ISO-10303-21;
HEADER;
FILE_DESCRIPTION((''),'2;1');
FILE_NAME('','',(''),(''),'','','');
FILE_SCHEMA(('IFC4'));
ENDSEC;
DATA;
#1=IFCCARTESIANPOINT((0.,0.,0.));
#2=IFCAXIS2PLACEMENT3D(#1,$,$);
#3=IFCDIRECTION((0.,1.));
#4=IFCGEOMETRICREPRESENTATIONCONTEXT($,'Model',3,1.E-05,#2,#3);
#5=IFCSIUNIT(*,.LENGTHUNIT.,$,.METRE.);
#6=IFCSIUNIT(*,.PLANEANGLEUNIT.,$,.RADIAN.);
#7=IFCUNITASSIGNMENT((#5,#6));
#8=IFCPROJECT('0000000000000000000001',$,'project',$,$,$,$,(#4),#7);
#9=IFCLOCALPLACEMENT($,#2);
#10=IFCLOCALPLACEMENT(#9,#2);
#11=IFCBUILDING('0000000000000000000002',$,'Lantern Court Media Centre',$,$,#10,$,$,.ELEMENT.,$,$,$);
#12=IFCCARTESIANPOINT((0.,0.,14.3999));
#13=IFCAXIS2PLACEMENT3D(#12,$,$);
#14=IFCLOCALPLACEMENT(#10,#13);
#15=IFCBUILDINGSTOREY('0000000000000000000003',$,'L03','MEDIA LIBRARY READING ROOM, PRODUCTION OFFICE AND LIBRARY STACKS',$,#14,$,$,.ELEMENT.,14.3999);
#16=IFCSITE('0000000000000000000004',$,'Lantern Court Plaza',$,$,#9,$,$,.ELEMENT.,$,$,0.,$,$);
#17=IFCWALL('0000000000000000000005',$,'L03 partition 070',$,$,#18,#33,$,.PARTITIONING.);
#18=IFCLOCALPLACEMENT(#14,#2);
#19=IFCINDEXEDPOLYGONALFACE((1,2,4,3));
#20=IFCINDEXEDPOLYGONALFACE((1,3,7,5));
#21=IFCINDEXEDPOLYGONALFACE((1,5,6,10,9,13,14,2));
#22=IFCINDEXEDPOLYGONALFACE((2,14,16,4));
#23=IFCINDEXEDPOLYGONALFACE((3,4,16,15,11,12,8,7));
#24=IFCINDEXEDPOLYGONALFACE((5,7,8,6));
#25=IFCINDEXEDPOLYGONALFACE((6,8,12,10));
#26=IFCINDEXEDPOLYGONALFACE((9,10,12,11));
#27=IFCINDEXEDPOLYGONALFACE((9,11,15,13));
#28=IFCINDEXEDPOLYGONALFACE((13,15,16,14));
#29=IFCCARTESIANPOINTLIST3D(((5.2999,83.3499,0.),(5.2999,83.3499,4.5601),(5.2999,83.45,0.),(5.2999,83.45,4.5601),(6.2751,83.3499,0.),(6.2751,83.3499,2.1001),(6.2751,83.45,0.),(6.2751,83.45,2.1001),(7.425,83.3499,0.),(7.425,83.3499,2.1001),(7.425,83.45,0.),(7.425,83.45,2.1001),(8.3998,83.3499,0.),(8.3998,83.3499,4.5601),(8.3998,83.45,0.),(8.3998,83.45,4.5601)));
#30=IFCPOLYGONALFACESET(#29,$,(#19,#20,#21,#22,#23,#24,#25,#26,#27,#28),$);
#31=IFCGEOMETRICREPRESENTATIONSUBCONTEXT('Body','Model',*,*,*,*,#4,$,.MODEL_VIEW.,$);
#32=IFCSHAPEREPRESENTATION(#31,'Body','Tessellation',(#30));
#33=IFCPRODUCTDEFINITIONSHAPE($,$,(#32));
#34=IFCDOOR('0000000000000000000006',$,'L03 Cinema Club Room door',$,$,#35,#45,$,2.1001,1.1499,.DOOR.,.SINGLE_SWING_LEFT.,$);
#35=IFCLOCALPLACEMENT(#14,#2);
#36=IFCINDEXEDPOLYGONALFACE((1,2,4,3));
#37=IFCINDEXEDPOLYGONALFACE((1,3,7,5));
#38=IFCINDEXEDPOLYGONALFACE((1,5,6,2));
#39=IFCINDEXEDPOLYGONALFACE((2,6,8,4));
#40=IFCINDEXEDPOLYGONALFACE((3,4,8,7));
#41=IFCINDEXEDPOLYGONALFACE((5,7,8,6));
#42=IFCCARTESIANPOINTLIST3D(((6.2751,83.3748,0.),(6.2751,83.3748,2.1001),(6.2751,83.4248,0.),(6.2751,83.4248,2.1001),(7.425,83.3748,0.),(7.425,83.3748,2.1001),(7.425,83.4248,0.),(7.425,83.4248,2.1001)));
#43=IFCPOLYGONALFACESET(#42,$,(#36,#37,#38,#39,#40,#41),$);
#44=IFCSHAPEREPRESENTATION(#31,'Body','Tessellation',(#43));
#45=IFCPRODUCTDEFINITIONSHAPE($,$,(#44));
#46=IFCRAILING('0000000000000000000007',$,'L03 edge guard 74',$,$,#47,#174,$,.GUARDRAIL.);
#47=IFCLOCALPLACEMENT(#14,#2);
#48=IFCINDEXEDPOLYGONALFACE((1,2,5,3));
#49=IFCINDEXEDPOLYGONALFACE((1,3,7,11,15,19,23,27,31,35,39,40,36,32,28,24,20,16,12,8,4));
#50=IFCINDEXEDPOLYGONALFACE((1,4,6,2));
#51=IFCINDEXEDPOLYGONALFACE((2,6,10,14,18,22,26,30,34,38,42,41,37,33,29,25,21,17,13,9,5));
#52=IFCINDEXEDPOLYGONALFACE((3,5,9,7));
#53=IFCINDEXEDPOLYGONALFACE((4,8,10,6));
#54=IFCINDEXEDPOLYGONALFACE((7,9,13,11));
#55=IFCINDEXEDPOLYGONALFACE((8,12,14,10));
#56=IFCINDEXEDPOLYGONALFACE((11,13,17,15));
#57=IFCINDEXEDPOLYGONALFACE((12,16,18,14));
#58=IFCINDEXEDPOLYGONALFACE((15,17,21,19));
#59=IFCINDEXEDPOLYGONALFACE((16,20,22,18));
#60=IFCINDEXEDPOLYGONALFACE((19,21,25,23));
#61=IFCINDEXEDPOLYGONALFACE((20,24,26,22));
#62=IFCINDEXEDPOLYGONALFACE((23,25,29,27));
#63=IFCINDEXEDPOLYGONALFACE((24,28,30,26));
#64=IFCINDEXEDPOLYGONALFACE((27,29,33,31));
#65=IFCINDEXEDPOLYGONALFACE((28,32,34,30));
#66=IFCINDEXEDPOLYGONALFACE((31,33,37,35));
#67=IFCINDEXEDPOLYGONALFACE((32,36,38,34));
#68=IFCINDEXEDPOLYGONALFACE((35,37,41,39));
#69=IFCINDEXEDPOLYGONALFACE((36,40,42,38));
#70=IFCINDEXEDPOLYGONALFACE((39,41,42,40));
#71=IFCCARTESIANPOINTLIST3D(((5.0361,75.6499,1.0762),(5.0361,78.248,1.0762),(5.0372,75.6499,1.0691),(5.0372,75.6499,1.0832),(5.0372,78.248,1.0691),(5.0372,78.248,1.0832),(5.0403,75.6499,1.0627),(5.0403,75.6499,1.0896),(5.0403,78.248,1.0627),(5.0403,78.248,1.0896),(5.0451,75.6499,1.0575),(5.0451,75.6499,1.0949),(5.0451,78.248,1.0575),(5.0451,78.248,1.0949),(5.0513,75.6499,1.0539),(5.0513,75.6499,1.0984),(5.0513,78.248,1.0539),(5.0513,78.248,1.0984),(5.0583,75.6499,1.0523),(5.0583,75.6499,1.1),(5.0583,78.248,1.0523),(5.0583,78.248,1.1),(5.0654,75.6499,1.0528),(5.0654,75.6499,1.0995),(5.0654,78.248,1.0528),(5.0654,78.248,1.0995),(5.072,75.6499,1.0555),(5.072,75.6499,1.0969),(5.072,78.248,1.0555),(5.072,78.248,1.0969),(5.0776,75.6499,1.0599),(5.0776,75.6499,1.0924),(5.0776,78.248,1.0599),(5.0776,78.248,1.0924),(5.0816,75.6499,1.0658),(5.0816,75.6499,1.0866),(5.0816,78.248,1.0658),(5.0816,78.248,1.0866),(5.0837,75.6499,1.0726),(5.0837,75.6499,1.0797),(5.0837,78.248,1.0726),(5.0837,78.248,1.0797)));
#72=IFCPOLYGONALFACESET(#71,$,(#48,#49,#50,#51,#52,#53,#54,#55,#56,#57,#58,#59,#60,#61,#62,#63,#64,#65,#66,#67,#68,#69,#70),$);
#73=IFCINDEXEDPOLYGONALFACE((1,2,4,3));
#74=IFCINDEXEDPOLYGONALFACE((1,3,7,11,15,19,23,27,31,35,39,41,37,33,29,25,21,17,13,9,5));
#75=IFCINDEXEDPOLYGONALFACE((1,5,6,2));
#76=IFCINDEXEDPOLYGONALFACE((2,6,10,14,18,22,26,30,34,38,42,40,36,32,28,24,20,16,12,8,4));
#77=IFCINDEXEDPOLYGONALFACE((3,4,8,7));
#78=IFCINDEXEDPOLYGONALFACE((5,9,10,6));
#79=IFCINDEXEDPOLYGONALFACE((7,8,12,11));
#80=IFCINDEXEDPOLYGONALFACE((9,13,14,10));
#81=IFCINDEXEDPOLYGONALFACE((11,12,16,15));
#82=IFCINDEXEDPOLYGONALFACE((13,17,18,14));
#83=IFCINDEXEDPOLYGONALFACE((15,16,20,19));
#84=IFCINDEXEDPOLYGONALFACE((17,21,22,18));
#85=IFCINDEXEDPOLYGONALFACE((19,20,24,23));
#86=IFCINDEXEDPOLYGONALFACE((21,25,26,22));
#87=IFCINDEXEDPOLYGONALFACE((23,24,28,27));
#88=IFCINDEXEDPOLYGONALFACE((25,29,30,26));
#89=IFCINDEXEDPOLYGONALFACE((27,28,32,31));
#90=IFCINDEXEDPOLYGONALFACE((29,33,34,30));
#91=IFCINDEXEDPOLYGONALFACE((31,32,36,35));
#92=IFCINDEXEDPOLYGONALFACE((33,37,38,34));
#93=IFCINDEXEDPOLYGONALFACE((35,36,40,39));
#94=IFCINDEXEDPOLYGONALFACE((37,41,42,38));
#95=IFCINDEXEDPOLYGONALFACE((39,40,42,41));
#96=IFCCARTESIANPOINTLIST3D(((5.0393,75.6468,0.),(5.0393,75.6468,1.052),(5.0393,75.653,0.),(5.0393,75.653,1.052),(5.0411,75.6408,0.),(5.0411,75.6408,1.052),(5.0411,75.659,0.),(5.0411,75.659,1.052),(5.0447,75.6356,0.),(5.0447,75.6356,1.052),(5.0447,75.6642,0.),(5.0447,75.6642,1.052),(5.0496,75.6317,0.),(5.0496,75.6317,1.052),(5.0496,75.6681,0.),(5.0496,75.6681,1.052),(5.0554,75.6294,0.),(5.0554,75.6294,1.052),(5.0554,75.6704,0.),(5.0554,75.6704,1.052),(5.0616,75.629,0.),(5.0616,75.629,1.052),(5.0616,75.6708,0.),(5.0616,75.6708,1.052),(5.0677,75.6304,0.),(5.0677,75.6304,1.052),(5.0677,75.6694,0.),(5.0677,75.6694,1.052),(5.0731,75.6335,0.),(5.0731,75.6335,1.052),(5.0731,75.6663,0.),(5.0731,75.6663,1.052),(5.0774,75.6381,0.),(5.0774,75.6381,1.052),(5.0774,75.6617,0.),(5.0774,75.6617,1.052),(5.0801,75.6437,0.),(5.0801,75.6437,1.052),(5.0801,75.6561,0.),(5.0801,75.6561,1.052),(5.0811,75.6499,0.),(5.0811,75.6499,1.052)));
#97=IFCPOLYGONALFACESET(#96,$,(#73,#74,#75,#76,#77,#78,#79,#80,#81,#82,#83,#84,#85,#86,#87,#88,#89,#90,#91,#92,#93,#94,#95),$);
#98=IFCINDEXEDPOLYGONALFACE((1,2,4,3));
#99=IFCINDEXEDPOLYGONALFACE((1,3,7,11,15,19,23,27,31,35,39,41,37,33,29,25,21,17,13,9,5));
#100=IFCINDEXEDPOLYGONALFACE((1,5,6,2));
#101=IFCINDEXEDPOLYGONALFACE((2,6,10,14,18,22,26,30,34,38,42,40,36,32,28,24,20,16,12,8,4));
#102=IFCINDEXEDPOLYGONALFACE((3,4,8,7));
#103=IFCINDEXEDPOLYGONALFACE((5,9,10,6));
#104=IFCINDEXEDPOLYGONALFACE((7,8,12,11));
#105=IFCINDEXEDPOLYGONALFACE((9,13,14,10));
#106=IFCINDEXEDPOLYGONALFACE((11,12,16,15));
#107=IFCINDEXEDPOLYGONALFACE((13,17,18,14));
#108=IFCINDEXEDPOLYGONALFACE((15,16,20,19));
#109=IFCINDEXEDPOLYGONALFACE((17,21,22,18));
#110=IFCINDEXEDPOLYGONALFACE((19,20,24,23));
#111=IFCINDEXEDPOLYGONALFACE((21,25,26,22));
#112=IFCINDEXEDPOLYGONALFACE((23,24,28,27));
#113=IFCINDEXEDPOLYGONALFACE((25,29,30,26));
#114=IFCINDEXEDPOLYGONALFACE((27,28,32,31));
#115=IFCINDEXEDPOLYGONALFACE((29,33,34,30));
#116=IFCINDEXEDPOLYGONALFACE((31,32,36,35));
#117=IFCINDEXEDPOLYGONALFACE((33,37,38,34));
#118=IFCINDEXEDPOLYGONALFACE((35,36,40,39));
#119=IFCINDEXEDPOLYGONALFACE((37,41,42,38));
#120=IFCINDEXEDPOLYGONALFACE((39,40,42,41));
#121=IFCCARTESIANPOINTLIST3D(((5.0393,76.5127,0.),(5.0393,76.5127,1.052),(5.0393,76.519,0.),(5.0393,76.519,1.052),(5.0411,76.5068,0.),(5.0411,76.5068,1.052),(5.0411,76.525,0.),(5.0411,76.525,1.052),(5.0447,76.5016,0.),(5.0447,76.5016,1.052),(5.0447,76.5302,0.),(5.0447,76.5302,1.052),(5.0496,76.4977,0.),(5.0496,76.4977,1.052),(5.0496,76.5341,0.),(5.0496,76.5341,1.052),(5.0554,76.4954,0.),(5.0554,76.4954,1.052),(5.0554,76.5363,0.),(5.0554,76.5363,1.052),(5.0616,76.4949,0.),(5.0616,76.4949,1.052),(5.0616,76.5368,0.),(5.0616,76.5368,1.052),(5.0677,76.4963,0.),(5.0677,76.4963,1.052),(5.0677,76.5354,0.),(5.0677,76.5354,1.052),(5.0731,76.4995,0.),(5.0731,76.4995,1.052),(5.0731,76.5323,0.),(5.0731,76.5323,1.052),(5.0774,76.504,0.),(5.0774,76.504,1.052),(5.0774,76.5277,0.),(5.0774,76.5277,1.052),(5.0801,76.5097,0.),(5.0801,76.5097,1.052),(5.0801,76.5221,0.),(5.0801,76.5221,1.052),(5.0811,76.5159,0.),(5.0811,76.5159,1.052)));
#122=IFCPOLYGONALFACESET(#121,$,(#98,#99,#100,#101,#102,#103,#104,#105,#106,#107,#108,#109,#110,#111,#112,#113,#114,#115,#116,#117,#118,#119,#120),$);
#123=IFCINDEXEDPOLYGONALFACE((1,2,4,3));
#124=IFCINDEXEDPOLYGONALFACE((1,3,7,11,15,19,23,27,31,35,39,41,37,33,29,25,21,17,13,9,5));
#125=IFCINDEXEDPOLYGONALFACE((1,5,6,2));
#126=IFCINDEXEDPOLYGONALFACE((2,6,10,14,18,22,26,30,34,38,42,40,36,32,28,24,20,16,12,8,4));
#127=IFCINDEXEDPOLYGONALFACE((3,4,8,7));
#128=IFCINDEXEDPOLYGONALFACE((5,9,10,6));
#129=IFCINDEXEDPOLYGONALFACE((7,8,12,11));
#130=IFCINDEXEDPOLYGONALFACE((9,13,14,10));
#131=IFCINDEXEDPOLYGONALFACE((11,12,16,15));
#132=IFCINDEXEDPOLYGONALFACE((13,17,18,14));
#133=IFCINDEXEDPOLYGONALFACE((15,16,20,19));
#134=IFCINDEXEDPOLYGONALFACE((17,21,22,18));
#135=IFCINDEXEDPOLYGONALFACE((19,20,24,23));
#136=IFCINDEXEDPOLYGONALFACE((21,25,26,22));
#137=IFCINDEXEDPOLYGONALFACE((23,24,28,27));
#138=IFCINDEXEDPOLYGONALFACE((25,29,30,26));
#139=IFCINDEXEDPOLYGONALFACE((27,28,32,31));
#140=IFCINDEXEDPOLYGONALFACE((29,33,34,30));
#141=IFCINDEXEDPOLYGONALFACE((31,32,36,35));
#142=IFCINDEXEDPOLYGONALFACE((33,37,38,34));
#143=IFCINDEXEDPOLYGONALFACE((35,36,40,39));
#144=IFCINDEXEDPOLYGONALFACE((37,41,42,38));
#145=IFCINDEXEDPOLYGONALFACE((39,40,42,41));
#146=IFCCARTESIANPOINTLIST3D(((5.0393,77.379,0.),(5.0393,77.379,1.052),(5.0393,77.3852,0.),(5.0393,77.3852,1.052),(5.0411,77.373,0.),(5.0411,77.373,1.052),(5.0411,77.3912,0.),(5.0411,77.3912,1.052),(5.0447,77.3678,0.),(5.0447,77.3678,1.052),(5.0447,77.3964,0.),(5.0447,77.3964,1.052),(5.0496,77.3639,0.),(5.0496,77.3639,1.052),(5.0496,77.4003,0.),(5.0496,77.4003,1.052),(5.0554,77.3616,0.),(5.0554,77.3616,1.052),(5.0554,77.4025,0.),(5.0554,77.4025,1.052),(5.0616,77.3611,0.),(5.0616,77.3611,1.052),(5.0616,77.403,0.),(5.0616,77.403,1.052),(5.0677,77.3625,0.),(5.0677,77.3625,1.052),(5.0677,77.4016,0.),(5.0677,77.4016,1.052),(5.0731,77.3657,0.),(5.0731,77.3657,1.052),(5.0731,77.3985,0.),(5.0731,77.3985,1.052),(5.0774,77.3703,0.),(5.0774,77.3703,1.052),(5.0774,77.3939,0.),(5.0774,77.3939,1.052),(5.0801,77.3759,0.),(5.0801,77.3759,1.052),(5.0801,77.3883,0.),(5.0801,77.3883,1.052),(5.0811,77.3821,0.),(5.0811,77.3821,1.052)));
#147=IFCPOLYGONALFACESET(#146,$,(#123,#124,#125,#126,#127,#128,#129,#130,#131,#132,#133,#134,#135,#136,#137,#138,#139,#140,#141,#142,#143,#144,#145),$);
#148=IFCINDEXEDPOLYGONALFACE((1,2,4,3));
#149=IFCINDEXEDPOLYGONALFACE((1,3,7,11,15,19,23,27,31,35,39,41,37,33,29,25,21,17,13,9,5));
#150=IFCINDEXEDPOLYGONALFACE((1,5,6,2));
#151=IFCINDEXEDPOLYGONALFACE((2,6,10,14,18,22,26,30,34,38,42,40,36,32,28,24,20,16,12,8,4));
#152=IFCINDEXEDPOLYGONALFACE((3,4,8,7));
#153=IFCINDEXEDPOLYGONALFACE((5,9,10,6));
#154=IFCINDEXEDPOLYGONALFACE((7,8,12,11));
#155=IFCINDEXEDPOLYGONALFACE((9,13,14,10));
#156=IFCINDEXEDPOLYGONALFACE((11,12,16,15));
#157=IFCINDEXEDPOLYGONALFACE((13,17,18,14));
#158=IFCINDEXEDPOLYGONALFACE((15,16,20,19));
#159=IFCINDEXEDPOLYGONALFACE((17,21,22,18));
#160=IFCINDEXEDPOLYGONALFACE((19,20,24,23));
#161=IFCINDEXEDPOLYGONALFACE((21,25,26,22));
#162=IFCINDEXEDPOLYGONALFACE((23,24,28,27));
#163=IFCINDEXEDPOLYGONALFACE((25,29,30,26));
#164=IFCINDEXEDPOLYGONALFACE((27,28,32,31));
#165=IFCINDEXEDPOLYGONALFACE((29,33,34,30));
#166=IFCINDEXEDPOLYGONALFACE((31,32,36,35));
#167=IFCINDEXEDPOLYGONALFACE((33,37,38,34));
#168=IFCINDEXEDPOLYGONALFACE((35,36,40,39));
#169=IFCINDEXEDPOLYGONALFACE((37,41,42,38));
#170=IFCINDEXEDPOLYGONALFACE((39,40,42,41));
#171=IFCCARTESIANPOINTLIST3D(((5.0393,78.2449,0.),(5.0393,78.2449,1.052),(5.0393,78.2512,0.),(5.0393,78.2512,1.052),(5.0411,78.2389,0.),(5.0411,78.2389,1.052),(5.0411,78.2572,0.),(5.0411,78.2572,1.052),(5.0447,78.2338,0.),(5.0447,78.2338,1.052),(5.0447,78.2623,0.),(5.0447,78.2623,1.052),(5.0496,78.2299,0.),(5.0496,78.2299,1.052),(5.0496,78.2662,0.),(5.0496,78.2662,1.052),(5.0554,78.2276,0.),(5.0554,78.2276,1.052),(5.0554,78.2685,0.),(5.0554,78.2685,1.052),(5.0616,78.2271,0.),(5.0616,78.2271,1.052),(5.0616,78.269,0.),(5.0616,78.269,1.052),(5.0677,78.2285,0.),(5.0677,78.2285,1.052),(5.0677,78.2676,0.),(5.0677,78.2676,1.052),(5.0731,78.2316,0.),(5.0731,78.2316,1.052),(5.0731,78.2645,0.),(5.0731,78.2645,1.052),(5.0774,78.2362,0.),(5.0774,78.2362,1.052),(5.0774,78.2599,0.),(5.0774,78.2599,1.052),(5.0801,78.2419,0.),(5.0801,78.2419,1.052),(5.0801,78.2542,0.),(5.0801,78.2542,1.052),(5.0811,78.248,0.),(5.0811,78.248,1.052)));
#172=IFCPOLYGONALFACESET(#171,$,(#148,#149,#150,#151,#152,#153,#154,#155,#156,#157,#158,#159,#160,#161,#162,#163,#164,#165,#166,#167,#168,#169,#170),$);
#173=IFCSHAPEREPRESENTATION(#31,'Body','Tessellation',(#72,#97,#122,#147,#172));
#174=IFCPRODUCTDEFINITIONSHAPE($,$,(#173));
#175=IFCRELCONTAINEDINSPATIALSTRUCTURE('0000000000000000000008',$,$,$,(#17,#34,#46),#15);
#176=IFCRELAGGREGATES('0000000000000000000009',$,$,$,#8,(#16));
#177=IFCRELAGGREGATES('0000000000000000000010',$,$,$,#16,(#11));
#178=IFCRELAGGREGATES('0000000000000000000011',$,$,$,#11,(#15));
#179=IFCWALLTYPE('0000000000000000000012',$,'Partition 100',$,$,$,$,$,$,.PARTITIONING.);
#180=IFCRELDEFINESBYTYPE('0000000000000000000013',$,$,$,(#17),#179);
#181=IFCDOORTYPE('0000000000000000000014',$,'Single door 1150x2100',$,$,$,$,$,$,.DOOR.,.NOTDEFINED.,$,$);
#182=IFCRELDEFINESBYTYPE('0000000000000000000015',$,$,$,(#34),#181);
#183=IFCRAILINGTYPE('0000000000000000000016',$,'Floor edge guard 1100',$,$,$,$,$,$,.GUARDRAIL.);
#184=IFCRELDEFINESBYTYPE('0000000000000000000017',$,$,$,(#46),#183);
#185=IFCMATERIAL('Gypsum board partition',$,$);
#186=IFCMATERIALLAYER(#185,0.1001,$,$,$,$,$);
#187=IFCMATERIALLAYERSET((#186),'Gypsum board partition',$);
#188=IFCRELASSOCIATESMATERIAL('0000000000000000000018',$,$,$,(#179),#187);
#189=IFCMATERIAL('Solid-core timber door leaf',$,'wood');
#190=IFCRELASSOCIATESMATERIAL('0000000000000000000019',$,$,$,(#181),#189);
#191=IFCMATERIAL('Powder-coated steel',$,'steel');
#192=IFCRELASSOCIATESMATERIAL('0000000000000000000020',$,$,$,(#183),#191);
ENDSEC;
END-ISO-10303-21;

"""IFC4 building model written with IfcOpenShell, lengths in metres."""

from ifc_helpers import new_model, si_unit, direction, frame, frame_2d, origin, origin_2d, place, context, subcontext, project, spatial, rectangle, circle, extrude, material, layer, layer_set, type_object, element, fill, save


model = new_model("IFC4")

# Units and contexts
model_context = context("Model", 3, precision=1e-05, world=origin(), true_north=direction((0.0, 1.0)))
body_context = subcontext(model_context, "Body", "Model", "MODEL_VIEW")
ifc_project = project(units=[si_unit("LENGTHUNIT", "METRE"), si_unit("PLANEANGLEUNIT", "RADIAN")], contexts=[model_context])

# Site, building, storey
site_placement = place(None, origin())
site = spatial("IfcSite", under=ifc_project, at=site_placement, Name="Lantern Court Plaza", CompositionType="ELEMENT", RefElevation=0.0)
building_placement = place(site_placement, origin())
building = spatial("IfcBuilding", under=site, at=building_placement, Name="Lantern Court Media Centre", CompositionType="ELEMENT")
storey_placement = place(building_placement, frame((0.0, 0.0, 14.3999)))
storey = spatial("IfcBuildingStorey", under=building, at=storey_placement, Name="L03", Description="MEDIA LIBRARY READING ROOM, PRODUCTION OFFICE AND LIBRARY STACKS", CompositionType="ELEMENT", Elevation=14.3999)

# Wall, opening, door
ifc_material_1 = material(Name="Gypsum board partition")
ifc_layer_1 = layer(ifc_material_1, 0.1001)
ifc_layer_set_1 = layer_set([ifc_layer_1], Name="Gypsum board partition")
wall_type_1 = type_object("IfcWallType", Name="Partition 100", PredefinedType="PARTITIONING", material=ifc_layer_set_1)
wall_1_placement = place(storey_placement, frame((5.3, 83.3999, 0.0), z_axis=(0.0, 0.0, 1.0), x_axis=(1.0, 0.0, 0.0)))
wall_1 = element("IfcWall", 1, at=wall_1_placement, inside=storey, type_object=wall_type_1, Name="L03 partition 070", PredefinedType="PARTITIONING", context=body_context, shape_type="SweptSolid", body=[
    extrude(rectangle(XDim=3.0999, YDim=0.1001, at=frame_2d((1.5498, 0.0))), origin(), (0.0, 0.0, 1.0), 4.5601),
])
opening_placement = place(wall_1_placement, frame((0.9751, 0.0, 0.0)))
opening = element("IfcOpeningElement", 2, at=opening_placement, cuts=wall_1, PredefinedType="OPENING", context=body_context, shape_type="SweptSolid", body=[
    extrude(rectangle(XDim=1.1499, YDim=2.1001, at=frame_2d((0.575, 1.05))), frame((0.0, 0.0601, 0.0), z_axis=(0.0, -1.0, 0.0), x_axis=(1.0, 0.0, 0.0)), (0.0, 0.0, 1.0), 0.1201),
])
ifc_material_2 = material(Name="Solid-core timber door leaf", Category="wood")
door_type = type_object("IfcDoorType", Name="Single door 1150x2100", OperationType="NOTDEFINED", PredefinedType="DOOR", material=ifc_material_2)
door_placement = place(opening_placement, origin())
door = element("IfcDoor", 3, at=door_placement, inside=storey, type_object=door_type, Name="L03 Cinema Club Room door", OperationType="SINGLE_SWING_LEFT", OverallHeight=2.1001, OverallWidth=1.1499, PredefinedType="DOOR", context=body_context, shape_type="SweptSolid", body=[
    extrude(rectangle(XDim=1.1499, YDim=2.1001, at=frame_2d((0.575, 1.05))), frame((0.0, 0.0249, 0.0), z_axis=(0.0, -1.0, 0.0), x_axis=(1.0, 0.0, 0.0)), (0.0, 0.0, 1.0), 0.05),
])
fill(opening, door)

# Railing
ifc_material_3 = material(Name="Powder-coated steel", Category="steel")
railing_type = type_object("IfcRailingType", Name="Floor edge guard 1100", PredefinedType="GUARDRAIL", material=ifc_material_3)
railing_1_placement = place(storey_placement, frame((5.0601, 75.6499, 0.0)))
element("IfcRailing", 4, at=railing_1_placement, inside=storey, type_object=railing_type, Name="L03 edge guard 74", PredefinedType="GUARDRAIL", context=body_context, shape_type="SweptSolid", body=[
    extrude(circle(Radius=0.0239, at=origin_2d()), frame((0.0, 0.0, 1.0762), z_axis=(0.0, 1.0, 0.0), x_axis=(-1.0, 0.0, 0.0)), (0.0, 0.0, 1.0), 2.5981),
    extrude(circle(Radius=0.021, at=origin_2d()), origin(), (0.0, 0.0, 1.0), 1.052),
    extrude(circle(Radius=0.021, at=origin_2d()), frame((0.0, 0.866, 0.0)), (0.0, 0.0, 1.0), 1.052),
    extrude(circle(Radius=0.021, at=origin_2d()), frame((0.0, 1.7322, 0.0)), (0.0, 0.0, 1.0), 1.052),
    extrude(circle(Radius=0.021, at=origin_2d()), frame((0.0, 2.5981, 0.0)), (0.0, 0.0, 1.0), 1.052),
])

save(model, "model.ifc")
